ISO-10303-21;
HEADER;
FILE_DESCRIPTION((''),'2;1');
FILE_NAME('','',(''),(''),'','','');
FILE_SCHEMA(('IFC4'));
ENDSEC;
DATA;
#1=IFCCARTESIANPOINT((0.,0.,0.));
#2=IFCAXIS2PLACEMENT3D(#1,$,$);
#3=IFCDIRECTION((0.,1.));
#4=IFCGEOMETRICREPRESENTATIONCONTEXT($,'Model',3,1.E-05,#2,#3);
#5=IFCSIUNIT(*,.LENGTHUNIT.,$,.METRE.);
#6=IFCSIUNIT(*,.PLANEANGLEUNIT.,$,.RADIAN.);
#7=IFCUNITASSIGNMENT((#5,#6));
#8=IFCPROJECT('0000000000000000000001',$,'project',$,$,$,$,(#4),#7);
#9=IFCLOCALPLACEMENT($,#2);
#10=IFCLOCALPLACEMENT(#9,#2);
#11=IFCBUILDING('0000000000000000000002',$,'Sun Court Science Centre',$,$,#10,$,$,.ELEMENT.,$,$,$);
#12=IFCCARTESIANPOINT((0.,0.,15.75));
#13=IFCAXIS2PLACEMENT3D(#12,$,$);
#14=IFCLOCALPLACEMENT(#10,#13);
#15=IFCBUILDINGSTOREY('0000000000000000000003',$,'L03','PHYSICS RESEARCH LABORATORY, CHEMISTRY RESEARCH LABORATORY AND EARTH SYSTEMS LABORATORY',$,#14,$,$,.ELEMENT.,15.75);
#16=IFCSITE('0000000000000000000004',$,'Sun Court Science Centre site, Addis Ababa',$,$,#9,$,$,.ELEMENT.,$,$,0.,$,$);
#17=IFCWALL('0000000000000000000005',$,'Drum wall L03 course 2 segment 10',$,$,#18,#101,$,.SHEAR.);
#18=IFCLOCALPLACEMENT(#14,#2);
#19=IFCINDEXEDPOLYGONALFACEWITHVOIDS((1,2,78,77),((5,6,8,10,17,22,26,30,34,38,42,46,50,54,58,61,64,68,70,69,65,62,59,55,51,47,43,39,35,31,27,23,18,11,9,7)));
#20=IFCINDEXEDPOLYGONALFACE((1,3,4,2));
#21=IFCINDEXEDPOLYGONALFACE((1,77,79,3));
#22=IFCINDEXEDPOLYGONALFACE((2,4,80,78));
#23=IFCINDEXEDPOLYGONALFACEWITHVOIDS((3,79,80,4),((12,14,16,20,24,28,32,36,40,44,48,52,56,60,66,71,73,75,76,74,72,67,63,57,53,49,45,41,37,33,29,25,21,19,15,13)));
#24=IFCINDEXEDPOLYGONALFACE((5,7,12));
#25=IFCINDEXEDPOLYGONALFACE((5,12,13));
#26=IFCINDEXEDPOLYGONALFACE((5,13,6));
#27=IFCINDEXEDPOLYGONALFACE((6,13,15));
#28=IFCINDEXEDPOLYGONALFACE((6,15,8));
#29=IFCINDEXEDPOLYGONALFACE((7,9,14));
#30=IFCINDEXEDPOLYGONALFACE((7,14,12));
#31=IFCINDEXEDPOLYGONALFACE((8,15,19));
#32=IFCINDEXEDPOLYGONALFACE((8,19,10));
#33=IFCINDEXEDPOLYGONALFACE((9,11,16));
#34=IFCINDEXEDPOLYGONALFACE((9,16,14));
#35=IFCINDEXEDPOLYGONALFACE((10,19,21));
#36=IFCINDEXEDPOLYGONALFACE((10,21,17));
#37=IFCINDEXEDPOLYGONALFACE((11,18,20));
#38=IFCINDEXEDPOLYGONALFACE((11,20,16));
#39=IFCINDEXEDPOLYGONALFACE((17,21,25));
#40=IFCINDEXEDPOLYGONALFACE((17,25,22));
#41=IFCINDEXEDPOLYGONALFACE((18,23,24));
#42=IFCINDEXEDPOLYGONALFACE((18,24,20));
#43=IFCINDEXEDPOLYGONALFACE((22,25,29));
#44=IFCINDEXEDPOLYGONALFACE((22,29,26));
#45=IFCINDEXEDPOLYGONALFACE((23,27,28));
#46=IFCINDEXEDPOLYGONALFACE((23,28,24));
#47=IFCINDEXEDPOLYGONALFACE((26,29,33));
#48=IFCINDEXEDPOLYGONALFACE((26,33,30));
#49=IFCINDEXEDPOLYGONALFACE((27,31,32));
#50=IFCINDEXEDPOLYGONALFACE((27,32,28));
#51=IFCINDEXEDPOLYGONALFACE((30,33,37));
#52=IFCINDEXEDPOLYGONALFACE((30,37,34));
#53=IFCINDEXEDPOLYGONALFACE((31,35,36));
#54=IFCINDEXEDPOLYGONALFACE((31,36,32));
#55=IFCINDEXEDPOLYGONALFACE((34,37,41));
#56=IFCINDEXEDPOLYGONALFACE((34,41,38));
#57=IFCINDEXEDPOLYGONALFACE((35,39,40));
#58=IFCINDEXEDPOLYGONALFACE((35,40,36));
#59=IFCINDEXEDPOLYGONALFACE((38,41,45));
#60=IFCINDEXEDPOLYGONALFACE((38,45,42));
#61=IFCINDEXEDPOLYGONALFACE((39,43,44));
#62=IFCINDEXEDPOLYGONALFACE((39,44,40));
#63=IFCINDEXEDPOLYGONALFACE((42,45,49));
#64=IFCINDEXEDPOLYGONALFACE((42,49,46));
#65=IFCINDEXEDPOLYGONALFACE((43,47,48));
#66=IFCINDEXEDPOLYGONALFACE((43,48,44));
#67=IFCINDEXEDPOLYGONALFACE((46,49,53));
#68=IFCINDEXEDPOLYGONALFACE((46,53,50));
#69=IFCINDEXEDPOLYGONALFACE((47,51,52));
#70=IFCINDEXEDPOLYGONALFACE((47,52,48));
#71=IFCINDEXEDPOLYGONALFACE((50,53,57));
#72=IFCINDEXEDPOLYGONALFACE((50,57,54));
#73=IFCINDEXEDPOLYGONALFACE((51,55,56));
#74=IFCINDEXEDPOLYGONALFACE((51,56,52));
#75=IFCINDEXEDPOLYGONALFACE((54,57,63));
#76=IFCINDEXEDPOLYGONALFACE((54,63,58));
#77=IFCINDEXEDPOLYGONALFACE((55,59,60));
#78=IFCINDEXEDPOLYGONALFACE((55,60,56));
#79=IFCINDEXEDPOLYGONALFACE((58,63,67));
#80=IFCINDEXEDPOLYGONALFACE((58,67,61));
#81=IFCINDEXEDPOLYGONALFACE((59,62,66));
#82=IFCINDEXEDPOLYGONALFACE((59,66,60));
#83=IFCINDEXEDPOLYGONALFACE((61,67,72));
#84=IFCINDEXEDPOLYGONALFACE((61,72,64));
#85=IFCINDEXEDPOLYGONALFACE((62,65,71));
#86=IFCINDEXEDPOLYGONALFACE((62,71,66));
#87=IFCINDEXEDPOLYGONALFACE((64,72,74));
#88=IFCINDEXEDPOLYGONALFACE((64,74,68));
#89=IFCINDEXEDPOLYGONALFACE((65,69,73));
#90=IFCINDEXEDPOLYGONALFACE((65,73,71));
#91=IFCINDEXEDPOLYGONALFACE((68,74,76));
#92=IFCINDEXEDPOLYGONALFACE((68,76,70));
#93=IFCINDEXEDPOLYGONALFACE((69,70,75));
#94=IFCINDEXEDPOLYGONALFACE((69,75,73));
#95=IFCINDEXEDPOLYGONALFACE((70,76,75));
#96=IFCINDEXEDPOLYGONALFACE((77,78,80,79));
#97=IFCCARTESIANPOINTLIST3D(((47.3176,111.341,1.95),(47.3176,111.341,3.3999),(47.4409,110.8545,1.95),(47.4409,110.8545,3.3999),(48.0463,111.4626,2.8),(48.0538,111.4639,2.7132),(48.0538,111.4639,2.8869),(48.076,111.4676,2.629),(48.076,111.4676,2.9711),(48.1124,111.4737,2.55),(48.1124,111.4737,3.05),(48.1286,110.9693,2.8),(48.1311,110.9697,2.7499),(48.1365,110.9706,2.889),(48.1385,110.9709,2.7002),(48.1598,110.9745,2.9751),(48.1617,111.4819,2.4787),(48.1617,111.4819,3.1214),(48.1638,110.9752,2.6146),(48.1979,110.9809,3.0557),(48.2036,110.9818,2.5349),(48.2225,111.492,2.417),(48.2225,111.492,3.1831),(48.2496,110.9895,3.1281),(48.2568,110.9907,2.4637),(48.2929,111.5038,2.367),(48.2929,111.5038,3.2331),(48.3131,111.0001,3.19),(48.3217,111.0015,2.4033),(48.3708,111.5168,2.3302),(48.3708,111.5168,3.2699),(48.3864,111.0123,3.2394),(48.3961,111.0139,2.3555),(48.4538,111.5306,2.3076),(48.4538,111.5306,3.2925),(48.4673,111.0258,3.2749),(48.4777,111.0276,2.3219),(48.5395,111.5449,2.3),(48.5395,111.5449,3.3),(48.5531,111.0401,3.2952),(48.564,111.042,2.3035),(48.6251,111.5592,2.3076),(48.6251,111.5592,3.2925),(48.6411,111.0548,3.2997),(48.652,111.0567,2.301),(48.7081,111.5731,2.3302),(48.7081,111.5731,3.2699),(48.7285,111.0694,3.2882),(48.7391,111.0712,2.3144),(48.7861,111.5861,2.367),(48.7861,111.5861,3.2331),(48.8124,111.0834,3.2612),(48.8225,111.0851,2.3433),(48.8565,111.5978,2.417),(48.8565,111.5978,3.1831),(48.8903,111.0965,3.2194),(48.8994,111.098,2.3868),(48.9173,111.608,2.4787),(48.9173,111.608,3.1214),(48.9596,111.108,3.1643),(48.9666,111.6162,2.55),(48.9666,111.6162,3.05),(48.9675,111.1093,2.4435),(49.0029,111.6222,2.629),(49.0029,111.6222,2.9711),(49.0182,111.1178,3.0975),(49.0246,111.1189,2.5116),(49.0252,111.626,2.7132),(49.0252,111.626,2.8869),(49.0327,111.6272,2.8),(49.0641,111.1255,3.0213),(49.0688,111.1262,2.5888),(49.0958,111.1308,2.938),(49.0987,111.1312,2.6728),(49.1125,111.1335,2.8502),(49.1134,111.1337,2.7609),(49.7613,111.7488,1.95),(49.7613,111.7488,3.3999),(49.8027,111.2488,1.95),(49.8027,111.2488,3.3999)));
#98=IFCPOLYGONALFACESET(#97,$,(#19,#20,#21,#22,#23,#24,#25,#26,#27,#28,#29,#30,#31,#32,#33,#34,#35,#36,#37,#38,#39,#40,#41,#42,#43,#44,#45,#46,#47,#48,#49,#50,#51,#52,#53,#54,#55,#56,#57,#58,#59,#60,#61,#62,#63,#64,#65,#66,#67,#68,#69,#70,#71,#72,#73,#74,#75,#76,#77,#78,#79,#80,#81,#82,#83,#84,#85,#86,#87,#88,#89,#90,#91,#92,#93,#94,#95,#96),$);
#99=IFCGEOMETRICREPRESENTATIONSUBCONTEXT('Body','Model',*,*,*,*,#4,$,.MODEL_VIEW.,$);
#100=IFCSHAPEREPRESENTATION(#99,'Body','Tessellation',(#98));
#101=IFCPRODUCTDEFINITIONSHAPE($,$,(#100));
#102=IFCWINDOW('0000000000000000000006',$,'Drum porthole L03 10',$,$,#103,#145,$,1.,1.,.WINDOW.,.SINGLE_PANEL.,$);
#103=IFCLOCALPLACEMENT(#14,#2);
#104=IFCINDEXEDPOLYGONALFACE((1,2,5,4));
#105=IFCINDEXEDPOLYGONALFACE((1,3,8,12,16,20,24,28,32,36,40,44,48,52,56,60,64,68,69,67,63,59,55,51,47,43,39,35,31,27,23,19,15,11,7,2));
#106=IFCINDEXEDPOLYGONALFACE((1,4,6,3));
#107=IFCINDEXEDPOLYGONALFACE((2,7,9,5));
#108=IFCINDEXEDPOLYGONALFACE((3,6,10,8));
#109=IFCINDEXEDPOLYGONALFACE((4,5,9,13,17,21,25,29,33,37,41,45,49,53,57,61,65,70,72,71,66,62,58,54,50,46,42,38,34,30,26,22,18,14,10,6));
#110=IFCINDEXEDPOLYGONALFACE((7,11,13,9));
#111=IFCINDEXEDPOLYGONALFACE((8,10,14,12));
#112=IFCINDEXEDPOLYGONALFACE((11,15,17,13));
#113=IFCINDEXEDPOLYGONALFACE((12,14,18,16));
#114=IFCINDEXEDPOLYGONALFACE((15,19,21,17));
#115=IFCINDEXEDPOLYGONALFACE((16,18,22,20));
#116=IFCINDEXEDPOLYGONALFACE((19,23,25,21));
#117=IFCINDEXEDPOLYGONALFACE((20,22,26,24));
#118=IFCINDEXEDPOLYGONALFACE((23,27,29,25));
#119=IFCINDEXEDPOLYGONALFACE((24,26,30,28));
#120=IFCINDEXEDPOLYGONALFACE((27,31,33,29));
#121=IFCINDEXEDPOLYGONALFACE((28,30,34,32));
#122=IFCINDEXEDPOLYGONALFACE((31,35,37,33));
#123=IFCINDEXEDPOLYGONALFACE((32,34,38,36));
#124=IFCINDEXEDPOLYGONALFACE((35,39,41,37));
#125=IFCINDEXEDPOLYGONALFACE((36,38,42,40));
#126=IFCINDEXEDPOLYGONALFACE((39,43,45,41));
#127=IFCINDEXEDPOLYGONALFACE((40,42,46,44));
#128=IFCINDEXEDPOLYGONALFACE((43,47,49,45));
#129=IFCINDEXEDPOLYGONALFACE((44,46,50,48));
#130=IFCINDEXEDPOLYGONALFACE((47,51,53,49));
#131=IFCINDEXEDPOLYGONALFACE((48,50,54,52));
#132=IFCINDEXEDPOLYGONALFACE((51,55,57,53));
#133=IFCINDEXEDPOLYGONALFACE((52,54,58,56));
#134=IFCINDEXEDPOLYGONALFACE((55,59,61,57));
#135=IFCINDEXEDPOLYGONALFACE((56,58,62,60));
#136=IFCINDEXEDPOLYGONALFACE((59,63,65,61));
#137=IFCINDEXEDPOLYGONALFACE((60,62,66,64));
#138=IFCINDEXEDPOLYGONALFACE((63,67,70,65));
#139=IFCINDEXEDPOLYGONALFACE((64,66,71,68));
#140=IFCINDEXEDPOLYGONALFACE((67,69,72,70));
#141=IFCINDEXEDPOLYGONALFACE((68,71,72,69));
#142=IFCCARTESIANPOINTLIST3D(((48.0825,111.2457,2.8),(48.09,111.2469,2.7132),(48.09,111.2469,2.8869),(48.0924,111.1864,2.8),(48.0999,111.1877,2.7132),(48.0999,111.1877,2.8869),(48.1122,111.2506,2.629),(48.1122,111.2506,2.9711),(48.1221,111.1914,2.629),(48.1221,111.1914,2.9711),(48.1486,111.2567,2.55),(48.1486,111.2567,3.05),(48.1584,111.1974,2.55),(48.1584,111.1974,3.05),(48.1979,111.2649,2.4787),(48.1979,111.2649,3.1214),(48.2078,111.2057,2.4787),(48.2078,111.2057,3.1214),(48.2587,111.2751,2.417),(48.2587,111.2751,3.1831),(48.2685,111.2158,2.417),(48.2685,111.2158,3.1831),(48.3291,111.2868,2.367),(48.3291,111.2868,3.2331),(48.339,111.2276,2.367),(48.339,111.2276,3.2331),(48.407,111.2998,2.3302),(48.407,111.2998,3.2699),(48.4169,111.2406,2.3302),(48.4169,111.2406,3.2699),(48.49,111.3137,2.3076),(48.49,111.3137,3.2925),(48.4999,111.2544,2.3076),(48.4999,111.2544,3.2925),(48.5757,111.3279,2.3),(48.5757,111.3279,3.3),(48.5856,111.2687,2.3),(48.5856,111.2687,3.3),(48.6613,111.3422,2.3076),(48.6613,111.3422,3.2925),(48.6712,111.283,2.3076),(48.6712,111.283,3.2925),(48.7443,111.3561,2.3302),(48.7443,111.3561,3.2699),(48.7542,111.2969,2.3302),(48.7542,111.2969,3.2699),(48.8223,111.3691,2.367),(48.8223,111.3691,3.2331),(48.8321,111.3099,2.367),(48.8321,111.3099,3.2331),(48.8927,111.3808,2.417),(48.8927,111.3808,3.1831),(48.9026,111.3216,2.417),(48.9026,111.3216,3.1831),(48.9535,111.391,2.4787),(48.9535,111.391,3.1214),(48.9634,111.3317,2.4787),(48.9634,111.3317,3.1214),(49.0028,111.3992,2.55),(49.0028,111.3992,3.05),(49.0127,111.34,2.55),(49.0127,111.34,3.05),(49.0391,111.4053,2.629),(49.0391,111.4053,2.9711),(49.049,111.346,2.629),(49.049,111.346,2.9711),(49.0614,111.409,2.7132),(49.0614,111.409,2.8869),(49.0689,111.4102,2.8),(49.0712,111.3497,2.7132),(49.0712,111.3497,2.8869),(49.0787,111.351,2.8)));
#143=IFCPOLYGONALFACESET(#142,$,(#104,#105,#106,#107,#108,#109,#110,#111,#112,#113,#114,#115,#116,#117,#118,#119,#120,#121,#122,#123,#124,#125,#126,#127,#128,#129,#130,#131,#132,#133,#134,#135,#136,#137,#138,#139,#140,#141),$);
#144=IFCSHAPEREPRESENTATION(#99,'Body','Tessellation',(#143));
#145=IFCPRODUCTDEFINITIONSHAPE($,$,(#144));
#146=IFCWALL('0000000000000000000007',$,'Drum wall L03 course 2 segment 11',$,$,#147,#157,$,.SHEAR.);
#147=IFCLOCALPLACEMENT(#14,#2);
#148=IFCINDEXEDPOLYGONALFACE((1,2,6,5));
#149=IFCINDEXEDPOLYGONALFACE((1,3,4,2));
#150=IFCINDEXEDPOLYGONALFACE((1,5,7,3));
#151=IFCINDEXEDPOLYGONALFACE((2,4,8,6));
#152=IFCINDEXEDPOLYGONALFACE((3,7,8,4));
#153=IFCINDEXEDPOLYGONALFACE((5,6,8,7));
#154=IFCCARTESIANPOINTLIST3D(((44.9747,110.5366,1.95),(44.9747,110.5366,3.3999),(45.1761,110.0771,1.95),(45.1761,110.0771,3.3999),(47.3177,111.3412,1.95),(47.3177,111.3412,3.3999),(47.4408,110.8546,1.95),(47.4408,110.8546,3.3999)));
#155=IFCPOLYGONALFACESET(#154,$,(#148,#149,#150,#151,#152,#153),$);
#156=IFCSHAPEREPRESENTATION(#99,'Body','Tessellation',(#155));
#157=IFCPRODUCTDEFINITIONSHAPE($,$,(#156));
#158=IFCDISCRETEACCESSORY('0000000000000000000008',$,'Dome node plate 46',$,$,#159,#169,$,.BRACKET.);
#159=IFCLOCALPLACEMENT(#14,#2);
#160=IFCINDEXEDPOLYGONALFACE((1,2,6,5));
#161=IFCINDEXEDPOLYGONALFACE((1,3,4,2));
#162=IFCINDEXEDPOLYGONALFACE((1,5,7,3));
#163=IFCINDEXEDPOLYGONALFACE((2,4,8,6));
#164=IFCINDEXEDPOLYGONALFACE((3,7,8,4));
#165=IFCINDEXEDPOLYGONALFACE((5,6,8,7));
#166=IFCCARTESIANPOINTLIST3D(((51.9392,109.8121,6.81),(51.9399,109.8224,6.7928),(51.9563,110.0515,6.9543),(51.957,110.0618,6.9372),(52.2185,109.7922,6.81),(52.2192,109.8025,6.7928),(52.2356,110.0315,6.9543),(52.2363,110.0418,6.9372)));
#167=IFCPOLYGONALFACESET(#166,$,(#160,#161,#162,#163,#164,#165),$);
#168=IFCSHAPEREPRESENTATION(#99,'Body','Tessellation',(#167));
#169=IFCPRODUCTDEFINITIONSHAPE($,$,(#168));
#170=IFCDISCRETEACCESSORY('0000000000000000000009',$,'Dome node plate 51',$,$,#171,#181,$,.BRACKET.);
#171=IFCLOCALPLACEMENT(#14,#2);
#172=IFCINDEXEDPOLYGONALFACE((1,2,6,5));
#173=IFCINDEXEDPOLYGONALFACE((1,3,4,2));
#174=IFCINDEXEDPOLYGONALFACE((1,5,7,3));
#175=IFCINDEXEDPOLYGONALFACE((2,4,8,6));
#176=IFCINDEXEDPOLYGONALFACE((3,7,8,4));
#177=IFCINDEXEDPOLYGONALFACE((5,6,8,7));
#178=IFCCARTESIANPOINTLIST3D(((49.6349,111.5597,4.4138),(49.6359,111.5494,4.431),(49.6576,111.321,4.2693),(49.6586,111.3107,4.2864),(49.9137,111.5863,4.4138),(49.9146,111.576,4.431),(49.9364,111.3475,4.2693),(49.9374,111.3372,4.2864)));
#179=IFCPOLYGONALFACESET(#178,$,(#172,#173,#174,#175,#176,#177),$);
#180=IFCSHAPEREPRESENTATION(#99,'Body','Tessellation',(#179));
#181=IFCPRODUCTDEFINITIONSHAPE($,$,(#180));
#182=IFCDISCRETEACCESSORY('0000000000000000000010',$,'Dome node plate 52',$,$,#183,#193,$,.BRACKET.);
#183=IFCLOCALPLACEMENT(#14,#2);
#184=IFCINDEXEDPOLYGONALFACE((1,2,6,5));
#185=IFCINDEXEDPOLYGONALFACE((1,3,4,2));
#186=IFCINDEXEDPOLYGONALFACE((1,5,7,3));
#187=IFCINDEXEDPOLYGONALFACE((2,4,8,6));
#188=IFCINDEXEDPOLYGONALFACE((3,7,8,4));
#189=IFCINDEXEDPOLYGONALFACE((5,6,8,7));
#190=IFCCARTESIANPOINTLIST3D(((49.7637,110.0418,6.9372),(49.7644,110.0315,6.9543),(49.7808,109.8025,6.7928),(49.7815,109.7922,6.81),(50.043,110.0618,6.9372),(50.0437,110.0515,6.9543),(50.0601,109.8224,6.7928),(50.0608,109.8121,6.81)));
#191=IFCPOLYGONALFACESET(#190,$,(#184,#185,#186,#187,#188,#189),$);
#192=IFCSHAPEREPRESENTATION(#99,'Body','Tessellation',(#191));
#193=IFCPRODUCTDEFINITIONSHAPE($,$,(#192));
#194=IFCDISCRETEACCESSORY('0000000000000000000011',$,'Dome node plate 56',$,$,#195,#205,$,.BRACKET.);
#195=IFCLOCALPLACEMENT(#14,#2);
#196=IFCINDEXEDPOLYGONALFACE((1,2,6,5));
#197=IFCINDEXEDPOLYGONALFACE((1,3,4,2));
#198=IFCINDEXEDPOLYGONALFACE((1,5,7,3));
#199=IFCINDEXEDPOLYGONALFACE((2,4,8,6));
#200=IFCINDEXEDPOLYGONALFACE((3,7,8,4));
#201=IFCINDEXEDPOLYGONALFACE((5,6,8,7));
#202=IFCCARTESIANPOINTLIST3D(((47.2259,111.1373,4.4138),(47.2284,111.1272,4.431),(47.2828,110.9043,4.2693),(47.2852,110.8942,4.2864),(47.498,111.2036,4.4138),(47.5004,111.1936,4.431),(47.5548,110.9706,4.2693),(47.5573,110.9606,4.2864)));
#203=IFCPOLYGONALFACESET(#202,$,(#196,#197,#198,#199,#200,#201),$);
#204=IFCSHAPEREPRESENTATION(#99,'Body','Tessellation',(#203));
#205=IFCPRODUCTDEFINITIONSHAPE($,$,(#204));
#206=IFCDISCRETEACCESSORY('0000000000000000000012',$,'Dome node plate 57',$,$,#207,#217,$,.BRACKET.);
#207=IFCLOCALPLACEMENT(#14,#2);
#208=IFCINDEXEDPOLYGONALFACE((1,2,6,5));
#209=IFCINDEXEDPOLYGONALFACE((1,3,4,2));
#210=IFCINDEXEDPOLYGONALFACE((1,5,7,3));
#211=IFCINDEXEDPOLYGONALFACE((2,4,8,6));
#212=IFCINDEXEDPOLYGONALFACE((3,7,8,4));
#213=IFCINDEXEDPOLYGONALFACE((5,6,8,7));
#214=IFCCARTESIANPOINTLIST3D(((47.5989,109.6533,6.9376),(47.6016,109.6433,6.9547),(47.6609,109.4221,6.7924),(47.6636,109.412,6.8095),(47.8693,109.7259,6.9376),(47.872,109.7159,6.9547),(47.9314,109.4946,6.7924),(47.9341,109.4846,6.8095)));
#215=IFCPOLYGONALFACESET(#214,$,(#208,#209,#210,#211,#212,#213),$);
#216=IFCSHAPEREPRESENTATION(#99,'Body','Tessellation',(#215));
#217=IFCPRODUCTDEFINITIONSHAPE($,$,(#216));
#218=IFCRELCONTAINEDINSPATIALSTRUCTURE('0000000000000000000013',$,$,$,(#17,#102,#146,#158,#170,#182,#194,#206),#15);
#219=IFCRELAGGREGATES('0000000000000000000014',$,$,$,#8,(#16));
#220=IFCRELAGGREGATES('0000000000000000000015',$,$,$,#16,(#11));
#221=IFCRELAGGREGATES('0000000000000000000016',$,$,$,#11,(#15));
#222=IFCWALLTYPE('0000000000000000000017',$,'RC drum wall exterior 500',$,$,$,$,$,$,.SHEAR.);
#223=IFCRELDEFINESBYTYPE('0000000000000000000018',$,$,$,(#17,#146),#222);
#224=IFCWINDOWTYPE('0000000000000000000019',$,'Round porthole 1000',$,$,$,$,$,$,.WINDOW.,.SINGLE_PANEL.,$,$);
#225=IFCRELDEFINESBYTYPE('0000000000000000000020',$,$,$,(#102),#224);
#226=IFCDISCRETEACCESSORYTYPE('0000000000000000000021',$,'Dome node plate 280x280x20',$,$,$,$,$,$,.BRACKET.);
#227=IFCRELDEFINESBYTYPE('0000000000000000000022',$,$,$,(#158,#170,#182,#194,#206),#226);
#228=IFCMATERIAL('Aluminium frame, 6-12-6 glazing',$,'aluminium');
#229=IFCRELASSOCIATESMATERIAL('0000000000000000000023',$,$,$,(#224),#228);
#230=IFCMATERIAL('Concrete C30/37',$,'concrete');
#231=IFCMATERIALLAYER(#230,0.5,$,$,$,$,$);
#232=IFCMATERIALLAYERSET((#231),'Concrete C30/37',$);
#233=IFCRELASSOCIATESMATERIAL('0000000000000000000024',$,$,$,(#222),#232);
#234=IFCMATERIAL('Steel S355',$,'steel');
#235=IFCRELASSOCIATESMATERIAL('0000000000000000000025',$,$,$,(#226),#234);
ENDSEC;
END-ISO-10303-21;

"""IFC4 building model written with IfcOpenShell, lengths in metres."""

from ifc_helpers import new_model, si_unit, direction, frame, frame_2d, origin, origin_2d, place, context, subcontext, project, spatial, polyline, rectangle, circle, outline, extrude, material, layer, layer_set, material_profile, profile_set, type_object, element, fill, save


model = new_model("IFC4")

# Units and contexts
model_context = context("Model", 3, precision=1e-05, world=origin(), true_north=direction((0.0, 1.0)))
body_context = subcontext(model_context, "Body", "Model", "MODEL_VIEW")
ifc_project = project(units=[si_unit("LENGTHUNIT", "METRE"), si_unit("PLANEANGLEUNIT", "RADIAN")], contexts=[model_context])

# Site, building, storey
site_placement = place(None, origin())
site = spatial("IfcSite", under=ifc_project, at=site_placement, Name="Sun Court Science Centre site, Addis Ababa", CompositionType="ELEMENT", RefElevation=0.0)
building_placement = place(site_placement, origin())
building = spatial("IfcBuilding", under=site, at=building_placement, Name="Sun Court Science Centre", CompositionType="ELEMENT")
storey_placement = place(building_placement, frame((0.0, 0.0, 15.75)))
storey = spatial("IfcBuildingStorey", under=building, at=storey_placement, Name="L03", Description="PHYSICS RESEARCH LABORATORY, CHEMISTRY RESEARCH LABORATORY AND EARTH SYSTEMS LABORATORY", CompositionType="ELEMENT", Elevation=15.75)

# Wall, opening, window
ifc_material_1 = material(Name="Aluminium frame, 6-12-6 glazing", Category="aluminium")
window_type = type_object("IfcWindowType", Name="Round porthole 1000", PartitioningType="SINGLE_PANEL", PredefinedType="WINDOW", material=ifc_material_1)
ifc_material_2 = material(Name="Concrete C30/37", Category="concrete")
ifc_layer_1 = layer(ifc_material_2, 0.5)
ifc_layer_set_1 = layer_set([ifc_layer_1], Name="Concrete C30/37")
wall_type_1 = type_object("IfcWallType", Name="RC drum wall exterior 500", PredefinedType="SHEAR", material=ifc_layer_set_1)
wall_1_placement = place(storey_placement, frame((49.8025, 111.5022, 1.95), z_axis=(0.0, 0.0, 1.0), x_axis=(-0.986365, -0.164575, 0.0)))
wall_1 = element("IfcWall", 1, at=wall_1_placement, inside=storey, type_object=wall_type_1, Name="Drum wall L03 course 2 segment 10", PredefinedType="SHEAR", context=body_context, shape_type="SweptSolid", body=[
    extrude(outline(polyline([(0.0, -0.25), (2.4775, -0.25), (2.436, 0.2502), (0.0415, 0.25), (0.0, -0.25)])), origin(), (0.0, 0.0, 1.0), 1.45),
])
opening_1_placement = place(wall_1_placement, frame((0.7388, 0.0, 0.3501)))
opening_1 = element("IfcOpeningElement", 2, at=opening_1_placement, cuts=wall_1, PredefinedType="OPENING", context=body_context, shape_type="SweptSolid", body=[
    extrude(circle(Radius=0.5, at=frame_2d((0.5, 0.5))), frame((0.0, 0.26, 0.0), z_axis=(0.0, -1.0, 0.0), x_axis=(1.0, 0.0, 0.0)), (0.0, 0.0, 1.0), 0.52),
])
window_1_placement = place(opening_1_placement, origin())
window_1 = element("IfcWindow", 3, at=window_1_placement, inside=storey, type_object=window_type, Name="Drum porthole L03 10", OverallHeight=1.0, OverallWidth=1.0, PartitioningType="SINGLE_PANEL", PredefinedType="WINDOW", context=body_context, shape_type="SweptSolid", body=[
    extrude(circle(Radius=0.5, at=frame_2d((0.5, 0.5))), frame((0.0, 0.03, 0.0), z_axis=(0.0, -1.0, 0.0), x_axis=(1.0, 0.0, 0.0)), (0.0, 0.0, 1.0), 0.0601),
])
fill(opening_1, window_1)

# Wall
wall_2_placement = place(storey_placement, frame((47.3989, 111.1045, 1.95), z_axis=(0.0, 0.0, 1.0), x_axis=(-0.945817, -0.3247, 0.0)))
element("IfcWall", 4, at=wall_2_placement, inside=storey, type_object=wall_type_1, Name="Drum wall L03 course 2 segment 11", PredefinedType="SHEAR", context=body_context, shape_type="SweptSolid", body=[
    extrude(outline(polyline([(0.0, -0.2502), (2.4773, -0.25), (2.436, 0.25), (0.0415, 0.25), (0.0, -0.2502)])), origin(), (0.0, 0.0, 1.0), 1.45),
])

# Discrete accessories
ifc_material_3 = material(Name="Steel S355", Category="steel")
ifc_material_profile_1 = material_profile(ifc_material_3, rectangle(XDim=0.28, YDim=0.28, at=origin_2d()), Name="PL 280x280")
ifc_profile_set_1 = profile_set([ifc_material_profile_1], Name="Steel S355")
discrete_accessory_type = type_object("IfcDiscreteAccessoryType", Name="Dome node plate 280x280x20", PredefinedType="BRACKET", material=ifc_profile_set_1)
for number, where, z_axis, x_axis, name in (
    (5, (52.0881, 109.9321, 6.865), (-0.036725, -0.514149, 0.856914), (0.997459, -0.071247, 0.0), "Dome node plate 46"),
    (6, (49.7856, 111.4536, 4.3416), (0.048941, -0.513879, 0.856465), (0.995495, 0.094809, 0.0), "Dome node plate 51"),
    (7, (49.9119, 109.9321, 6.865), (0.036725, -0.514149, 0.856914), (0.997459, 0.071247, 0.0), "Dome node plate 52"),
    (8, (47.3904, 111.054, 4.3416), (0.122343, -0.501606, 0.856401), (0.97152, 0.236956, 0.0), "Dome node plate 56"),
    (9, (47.7651, 109.574, 6.865), (0.134366, -0.50082, 0.855058), (0.965843, 0.259129, 0.0), "Dome node plate 57"),
):
    element("IfcDiscreteAccessory", number, at=place(storey_placement, frame(where, z_axis=z_axis, x_axis=x_axis)), inside=storey, type_object=discrete_accessory_type, Name=name, PredefinedType="BRACKET", context=body_context, shape_type="SweptSolid", body=[
        extrude(rectangle(XDim=0.28, YDim=0.28, at=origin_2d()), origin(), (0.0, 0.0, 1.0), 0.02),
    ])

save(model, "model.ifc")
